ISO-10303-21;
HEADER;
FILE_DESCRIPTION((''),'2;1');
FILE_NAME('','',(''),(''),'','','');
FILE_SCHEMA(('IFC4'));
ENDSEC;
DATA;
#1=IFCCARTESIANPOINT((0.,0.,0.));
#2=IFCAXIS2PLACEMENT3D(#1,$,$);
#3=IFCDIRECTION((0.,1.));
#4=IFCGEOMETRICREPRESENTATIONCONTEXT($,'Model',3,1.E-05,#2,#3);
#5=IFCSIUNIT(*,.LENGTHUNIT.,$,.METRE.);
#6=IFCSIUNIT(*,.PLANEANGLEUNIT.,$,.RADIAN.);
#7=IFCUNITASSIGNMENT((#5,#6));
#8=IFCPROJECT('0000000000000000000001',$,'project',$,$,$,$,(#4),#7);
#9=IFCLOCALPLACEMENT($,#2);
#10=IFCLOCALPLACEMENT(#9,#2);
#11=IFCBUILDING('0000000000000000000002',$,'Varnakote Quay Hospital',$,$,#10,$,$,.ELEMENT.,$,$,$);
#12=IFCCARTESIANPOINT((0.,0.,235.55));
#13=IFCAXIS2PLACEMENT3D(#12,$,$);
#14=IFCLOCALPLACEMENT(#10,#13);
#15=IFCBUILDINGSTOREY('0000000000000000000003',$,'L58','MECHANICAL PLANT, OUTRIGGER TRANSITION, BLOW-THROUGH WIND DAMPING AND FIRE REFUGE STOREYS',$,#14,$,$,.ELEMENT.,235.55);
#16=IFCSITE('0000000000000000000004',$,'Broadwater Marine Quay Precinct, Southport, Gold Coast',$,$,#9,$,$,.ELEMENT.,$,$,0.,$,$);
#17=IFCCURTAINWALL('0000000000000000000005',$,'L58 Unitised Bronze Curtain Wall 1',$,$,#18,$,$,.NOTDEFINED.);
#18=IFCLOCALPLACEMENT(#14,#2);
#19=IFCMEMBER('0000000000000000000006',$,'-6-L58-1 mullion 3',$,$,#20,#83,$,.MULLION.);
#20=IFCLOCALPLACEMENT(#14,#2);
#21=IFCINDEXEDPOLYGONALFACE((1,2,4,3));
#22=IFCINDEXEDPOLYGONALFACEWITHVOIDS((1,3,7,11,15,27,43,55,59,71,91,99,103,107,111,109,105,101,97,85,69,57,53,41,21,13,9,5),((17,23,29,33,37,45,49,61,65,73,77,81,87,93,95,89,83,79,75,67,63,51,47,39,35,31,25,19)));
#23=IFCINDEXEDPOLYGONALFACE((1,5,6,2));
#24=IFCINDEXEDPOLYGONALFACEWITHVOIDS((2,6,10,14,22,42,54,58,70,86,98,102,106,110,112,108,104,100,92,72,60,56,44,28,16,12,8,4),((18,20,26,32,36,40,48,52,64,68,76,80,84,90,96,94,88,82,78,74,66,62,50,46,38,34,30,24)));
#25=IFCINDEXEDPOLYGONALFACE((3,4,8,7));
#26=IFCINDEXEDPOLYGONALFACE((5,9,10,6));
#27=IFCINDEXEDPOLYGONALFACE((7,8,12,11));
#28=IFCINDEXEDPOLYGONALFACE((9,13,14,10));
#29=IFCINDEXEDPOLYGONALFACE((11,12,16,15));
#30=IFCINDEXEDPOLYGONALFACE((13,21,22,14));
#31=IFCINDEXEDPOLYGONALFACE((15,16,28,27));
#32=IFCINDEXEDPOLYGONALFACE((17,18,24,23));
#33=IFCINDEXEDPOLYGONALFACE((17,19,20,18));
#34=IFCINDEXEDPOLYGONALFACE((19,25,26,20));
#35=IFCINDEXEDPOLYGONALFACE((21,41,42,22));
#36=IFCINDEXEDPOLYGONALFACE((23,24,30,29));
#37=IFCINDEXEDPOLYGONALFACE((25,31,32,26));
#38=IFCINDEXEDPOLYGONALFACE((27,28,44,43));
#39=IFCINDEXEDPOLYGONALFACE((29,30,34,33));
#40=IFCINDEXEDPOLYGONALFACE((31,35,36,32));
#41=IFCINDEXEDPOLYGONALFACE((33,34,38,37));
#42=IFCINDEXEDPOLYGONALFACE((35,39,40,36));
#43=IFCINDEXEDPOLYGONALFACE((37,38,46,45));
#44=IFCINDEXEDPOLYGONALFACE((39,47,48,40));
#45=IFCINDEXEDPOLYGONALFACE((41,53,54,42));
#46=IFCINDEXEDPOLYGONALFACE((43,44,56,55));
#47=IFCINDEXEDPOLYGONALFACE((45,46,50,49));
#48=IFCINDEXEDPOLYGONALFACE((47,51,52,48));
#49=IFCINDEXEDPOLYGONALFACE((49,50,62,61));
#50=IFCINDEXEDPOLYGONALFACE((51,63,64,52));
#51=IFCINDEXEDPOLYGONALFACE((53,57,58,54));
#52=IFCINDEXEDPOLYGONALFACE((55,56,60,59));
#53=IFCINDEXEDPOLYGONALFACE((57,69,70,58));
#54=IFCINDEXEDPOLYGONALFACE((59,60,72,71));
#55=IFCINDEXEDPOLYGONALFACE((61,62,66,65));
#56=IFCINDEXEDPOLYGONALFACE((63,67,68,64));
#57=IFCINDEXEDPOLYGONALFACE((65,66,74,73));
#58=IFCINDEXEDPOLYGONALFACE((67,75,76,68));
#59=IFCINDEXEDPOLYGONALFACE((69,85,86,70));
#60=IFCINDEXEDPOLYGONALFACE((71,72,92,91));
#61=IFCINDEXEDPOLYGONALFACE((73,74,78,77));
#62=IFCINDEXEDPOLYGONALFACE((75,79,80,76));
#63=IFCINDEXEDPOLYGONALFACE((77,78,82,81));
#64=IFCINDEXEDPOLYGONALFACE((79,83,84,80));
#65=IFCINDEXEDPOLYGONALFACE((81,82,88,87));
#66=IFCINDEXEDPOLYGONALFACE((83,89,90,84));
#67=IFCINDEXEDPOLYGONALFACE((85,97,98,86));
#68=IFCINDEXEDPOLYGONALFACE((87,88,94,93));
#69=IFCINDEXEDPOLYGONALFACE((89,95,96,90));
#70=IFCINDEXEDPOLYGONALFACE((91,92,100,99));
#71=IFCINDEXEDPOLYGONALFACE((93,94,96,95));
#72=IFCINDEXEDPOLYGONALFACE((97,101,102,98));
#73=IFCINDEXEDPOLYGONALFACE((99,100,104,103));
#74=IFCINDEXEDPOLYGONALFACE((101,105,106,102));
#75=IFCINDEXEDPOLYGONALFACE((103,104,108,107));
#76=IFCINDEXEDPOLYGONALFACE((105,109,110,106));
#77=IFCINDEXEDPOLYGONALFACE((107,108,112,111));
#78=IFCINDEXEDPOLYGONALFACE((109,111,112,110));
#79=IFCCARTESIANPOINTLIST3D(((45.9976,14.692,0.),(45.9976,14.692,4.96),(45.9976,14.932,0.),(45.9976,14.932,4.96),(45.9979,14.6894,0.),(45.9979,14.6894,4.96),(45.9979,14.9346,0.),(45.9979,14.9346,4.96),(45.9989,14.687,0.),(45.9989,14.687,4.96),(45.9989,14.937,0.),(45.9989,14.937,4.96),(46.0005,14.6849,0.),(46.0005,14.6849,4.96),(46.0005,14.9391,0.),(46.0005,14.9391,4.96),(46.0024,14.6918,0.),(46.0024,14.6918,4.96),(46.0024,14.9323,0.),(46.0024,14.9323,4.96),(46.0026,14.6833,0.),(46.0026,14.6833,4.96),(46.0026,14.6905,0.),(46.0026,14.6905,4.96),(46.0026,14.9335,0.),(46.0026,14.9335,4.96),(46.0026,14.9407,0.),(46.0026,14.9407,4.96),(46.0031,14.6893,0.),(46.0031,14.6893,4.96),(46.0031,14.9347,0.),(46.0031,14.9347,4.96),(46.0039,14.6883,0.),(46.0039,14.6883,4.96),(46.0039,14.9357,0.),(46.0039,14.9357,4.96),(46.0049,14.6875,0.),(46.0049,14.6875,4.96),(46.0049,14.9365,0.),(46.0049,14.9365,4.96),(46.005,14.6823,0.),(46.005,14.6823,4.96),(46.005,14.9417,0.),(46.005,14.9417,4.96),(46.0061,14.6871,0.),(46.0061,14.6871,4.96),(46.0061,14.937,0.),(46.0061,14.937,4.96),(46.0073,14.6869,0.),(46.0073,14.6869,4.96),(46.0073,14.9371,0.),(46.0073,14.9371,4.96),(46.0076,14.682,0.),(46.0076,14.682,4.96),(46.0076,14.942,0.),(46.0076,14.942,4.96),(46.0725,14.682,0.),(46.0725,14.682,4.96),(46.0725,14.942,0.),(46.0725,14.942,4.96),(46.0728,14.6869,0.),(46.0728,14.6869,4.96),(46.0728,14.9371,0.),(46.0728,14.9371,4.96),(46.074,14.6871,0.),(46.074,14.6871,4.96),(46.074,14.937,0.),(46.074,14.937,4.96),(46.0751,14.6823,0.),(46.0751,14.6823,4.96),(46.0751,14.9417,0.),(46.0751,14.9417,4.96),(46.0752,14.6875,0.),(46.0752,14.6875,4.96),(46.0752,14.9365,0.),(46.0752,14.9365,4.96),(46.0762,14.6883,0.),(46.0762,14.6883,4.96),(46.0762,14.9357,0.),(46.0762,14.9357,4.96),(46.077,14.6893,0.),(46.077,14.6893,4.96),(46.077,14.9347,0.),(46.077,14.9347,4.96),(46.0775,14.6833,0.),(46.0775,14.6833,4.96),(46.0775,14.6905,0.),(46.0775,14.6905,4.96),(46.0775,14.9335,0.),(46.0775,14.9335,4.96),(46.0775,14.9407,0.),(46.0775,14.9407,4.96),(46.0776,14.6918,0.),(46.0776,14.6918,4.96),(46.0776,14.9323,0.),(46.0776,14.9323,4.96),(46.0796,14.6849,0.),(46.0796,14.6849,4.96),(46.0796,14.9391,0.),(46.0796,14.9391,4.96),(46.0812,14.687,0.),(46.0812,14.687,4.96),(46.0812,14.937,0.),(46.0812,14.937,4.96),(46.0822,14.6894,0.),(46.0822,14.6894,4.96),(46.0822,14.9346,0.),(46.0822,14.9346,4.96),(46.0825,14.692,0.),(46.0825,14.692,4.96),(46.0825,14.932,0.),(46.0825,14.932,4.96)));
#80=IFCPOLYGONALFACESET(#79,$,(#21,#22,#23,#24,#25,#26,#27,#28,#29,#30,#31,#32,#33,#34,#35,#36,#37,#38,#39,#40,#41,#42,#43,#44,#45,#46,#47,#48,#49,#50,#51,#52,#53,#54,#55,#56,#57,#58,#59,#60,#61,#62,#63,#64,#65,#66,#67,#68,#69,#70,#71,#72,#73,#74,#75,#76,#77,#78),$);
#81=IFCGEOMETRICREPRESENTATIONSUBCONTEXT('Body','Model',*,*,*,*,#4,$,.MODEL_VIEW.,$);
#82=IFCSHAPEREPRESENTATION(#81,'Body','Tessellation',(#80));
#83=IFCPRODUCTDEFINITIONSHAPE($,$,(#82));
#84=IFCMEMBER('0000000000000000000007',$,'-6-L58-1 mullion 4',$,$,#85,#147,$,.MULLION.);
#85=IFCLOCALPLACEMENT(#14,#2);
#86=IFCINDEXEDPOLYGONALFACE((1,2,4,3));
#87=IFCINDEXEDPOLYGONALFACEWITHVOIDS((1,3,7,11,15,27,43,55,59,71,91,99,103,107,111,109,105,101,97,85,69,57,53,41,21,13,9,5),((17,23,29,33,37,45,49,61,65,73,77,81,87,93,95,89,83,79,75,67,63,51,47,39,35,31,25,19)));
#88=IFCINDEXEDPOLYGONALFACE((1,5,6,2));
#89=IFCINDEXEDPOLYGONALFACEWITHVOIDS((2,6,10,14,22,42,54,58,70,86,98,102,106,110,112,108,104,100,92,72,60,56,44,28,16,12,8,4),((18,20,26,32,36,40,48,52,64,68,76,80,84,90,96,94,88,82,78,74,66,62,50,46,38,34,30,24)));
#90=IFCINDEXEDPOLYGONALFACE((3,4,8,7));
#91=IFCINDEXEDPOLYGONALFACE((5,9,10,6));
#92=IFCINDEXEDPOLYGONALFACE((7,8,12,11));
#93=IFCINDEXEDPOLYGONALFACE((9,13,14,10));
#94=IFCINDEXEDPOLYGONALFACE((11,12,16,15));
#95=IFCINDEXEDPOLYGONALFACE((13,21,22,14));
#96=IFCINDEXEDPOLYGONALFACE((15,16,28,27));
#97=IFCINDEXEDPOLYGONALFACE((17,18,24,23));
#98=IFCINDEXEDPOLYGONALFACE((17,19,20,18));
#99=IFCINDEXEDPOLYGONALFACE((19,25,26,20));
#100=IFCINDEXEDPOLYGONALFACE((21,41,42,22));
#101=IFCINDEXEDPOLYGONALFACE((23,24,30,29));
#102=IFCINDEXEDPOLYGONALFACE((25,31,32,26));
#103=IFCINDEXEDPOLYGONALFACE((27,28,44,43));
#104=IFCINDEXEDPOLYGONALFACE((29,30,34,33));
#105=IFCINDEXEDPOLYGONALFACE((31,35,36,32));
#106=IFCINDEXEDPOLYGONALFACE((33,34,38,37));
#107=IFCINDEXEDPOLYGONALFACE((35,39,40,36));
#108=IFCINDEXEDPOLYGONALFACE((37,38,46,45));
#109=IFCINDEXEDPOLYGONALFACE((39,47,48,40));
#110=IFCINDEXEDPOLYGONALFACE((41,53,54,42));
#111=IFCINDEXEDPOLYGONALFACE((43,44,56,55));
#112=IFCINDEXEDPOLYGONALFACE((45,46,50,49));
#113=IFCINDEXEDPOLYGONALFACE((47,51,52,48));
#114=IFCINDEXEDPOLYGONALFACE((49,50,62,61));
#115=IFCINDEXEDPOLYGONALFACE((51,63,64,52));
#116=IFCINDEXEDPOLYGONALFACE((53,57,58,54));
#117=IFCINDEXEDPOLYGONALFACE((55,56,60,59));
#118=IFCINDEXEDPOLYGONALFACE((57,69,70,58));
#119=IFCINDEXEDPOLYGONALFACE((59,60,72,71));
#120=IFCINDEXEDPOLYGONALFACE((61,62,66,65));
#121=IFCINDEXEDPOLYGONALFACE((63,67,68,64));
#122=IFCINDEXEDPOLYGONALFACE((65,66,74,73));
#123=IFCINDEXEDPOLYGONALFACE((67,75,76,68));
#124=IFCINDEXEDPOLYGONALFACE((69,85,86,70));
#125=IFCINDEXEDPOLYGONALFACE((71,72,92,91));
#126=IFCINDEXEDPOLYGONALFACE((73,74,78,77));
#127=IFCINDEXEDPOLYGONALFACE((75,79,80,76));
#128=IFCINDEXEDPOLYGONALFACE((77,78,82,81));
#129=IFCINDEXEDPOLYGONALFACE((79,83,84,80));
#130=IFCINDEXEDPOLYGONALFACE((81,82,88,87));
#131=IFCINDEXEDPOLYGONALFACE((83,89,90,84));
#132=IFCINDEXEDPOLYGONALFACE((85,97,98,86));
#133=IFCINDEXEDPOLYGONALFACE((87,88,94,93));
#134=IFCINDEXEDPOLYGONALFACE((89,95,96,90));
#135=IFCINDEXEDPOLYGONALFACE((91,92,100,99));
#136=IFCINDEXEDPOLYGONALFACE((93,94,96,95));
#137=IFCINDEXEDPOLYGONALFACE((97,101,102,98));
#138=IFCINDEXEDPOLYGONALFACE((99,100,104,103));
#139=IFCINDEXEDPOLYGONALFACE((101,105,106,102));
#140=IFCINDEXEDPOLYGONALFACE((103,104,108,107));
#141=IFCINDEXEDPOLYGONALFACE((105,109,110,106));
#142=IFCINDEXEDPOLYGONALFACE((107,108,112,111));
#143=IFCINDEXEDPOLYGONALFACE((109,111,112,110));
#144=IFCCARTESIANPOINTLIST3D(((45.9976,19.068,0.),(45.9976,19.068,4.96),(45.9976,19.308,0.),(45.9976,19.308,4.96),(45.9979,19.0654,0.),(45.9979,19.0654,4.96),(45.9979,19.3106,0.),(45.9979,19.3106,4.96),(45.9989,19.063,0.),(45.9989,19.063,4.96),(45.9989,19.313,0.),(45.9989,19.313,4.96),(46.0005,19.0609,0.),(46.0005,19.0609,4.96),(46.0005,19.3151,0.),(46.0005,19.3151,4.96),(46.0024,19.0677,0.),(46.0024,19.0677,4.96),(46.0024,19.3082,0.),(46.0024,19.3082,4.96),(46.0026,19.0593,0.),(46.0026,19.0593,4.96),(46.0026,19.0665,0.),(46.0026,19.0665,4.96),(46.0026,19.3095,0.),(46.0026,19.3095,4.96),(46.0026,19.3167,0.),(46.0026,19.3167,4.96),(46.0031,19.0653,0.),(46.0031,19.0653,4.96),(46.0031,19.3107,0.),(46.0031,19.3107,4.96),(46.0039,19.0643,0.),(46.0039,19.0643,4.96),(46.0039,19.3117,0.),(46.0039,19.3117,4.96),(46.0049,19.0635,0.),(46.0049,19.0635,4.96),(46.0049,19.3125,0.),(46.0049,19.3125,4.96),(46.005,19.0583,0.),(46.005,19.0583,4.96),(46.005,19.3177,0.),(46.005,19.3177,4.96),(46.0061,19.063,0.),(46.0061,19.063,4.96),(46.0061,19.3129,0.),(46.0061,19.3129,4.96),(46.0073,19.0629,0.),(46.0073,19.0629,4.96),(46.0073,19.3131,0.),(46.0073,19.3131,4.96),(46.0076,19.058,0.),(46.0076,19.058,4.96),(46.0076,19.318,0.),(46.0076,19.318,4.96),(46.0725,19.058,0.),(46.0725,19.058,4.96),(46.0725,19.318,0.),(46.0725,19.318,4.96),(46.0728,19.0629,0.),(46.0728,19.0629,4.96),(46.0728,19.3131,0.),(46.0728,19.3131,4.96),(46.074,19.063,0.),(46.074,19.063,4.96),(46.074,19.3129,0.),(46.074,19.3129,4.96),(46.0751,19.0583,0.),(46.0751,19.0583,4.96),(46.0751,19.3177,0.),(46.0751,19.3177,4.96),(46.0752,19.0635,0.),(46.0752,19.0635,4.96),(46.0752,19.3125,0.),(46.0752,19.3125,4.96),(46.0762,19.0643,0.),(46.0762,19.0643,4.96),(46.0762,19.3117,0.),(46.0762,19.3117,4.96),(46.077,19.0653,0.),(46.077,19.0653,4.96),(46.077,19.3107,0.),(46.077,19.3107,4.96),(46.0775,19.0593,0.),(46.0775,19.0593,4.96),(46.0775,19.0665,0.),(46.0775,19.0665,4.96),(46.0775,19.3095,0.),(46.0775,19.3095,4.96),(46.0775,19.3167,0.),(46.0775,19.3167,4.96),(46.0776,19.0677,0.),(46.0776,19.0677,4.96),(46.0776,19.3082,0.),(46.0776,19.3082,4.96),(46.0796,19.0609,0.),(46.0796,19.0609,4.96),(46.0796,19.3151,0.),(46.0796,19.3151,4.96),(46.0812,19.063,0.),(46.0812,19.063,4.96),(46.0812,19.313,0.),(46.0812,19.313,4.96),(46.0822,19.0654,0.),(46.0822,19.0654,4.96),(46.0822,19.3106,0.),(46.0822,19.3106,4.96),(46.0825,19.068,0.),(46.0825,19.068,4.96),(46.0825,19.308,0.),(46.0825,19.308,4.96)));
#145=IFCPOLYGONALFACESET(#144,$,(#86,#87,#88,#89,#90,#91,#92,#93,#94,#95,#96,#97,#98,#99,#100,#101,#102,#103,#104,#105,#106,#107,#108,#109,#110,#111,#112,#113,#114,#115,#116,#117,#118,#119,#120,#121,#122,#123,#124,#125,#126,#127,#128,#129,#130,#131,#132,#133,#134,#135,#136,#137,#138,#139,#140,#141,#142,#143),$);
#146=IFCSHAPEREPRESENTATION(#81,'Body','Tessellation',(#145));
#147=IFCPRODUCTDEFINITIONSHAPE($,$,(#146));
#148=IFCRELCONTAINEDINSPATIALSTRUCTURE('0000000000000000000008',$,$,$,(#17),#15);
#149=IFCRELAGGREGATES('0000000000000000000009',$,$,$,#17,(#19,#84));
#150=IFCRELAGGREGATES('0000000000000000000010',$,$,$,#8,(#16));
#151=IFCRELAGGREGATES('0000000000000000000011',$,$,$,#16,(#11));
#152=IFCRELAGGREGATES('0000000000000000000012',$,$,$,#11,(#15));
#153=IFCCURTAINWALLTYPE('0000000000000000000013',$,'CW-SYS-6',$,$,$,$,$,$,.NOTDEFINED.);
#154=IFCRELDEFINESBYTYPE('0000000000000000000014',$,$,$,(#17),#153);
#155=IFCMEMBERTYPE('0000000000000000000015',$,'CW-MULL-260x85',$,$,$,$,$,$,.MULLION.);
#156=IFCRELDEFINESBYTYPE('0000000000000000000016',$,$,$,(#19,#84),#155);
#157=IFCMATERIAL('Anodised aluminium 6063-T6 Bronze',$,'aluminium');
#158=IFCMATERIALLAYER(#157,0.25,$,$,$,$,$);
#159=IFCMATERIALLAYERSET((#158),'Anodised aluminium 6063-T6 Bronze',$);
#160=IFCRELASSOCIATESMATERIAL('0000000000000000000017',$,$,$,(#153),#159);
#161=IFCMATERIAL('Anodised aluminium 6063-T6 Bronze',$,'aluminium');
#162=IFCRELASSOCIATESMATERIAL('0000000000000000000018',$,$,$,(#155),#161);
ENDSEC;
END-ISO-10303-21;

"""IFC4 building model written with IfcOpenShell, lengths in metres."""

from ifc_helpers import new_model, si_unit, direction, frame, origin, origin_2d, place, context, subcontext, project, spatial, hollow_rectangle, extrude, material, layer, layer_set, material_profile, profile_set, type_object, element, aggregate, save


model = new_model("IFC4")

# Units and contexts
model_context = context("Model", 3, precision=1e-05, world=origin(), true_north=direction((0.0, 1.0)))
body_context = subcontext(model_context, "Body", "Model", "MODEL_VIEW")
ifc_project = project(units=[si_unit("LENGTHUNIT", "METRE"), si_unit("PLANEANGLEUNIT", "RADIAN")], contexts=[model_context])

# Site, building, storey
site_placement = place(None, origin())
site = spatial("IfcSite", under=ifc_project, at=site_placement, Name="Broadwater Marine Quay Precinct, Southport, Gold Coast", CompositionType="ELEMENT", RefElevation=0.0)
building_placement = place(site_placement, origin())
building = spatial("IfcBuilding", under=site, at=building_placement, Name="Varnakote Quay Hospital", CompositionType="ELEMENT")
storey_placement = place(building_placement, frame((0.0, 0.0, 235.55)))
storey = spatial("IfcBuildingStorey", under=building, at=storey_placement, Name="L58", Description="MECHANICAL PLANT, OUTRIGGER TRANSITION, BLOW-THROUGH WIND DAMPING AND FIRE REFUGE STOREYS", CompositionType="ELEMENT", Elevation=235.55)

# Curtain wall, members
ifc_material_1 = material(Name="Anodised aluminium 6063-T6 Bronze", Category="aluminium")
ifc_layer_1 = layer(ifc_material_1, 0.25)
ifc_layer_set_1 = layer_set([ifc_layer_1], Name="Anodised aluminium 6063-T6 Bronze")
curtain_wall_type = type_object("IfcCurtainWallType", Name="CW-SYS-6", PredefinedType="NOTDEFINED", material=ifc_layer_set_1)
curtain_wall_placement = place(storey_placement, origin())
curtain_wall = element("IfcCurtainWall", 1, at=curtain_wall_placement, inside=storey, type_object=curtain_wall_type, Name="L58 Unitised Bronze Curtain Wall 1", PredefinedType="NOTDEFINED")
ifc_material_2 = material(Name="Anodised aluminium 6063-T6 Bronze", Category="aluminium")
ifc_material_profile_1 = material_profile(ifc_material_2, hollow_rectangle(XDim=0.085, YDim=0.26, WallThickness=0.0049, InnerFilletRadius=0.0049, OuterFilletRadius=0.01, at=origin_2d()), Name="CW-MULL-260x85")
ifc_profile_set_1 = profile_set([ifc_material_profile_1], Name="Anodised aluminium 6063-T6 Bronze")
member_type_1 = type_object("IfcMemberType", Name="CW-MULL-260x85", PredefinedType="MULLION", material=ifc_profile_set_1)
member_1_placement = place(storey_placement, frame((46.04, 14.812, 0.0), z_axis=(0.0, 0.0, 1.0), x_axis=(-1.0, 0.0, 0.0)))
member_1 = element("IfcMember", 2, at=member_1_placement, type_object=member_type_1, Name="-6-L58-1 mullion 3", PredefinedType="MULLION", context=body_context, shape_type="SweptSolid", body=[
    extrude(hollow_rectangle(XDim=0.085, YDim=0.26, WallThickness=0.0049, InnerFilletRadius=0.0049, OuterFilletRadius=0.01, at=origin_2d()), origin(), (0.0, 0.0, 1.0), 4.96),
])
member_2_placement = place(storey_placement, frame((46.04, 19.188, 0.0), z_axis=(0.0, 0.0, 1.0), x_axis=(-1.0, 0.0, 0.0)))
member_2 = element("IfcMember", 3, at=member_2_placement, type_object=member_type_1, Name="-6-L58-1 mullion 4", PredefinedType="MULLION", context=body_context, shape_type="SweptSolid", body=[
    extrude(hollow_rectangle(XDim=0.085, YDim=0.26, WallThickness=0.0049, InnerFilletRadius=0.0049, OuterFilletRadius=0.01, at=origin_2d()), origin(), (0.0, 0.0, 1.0), 4.96),
])
aggregate(curtain_wall, [member_1, member_2])

save(model, "model.ifc")
